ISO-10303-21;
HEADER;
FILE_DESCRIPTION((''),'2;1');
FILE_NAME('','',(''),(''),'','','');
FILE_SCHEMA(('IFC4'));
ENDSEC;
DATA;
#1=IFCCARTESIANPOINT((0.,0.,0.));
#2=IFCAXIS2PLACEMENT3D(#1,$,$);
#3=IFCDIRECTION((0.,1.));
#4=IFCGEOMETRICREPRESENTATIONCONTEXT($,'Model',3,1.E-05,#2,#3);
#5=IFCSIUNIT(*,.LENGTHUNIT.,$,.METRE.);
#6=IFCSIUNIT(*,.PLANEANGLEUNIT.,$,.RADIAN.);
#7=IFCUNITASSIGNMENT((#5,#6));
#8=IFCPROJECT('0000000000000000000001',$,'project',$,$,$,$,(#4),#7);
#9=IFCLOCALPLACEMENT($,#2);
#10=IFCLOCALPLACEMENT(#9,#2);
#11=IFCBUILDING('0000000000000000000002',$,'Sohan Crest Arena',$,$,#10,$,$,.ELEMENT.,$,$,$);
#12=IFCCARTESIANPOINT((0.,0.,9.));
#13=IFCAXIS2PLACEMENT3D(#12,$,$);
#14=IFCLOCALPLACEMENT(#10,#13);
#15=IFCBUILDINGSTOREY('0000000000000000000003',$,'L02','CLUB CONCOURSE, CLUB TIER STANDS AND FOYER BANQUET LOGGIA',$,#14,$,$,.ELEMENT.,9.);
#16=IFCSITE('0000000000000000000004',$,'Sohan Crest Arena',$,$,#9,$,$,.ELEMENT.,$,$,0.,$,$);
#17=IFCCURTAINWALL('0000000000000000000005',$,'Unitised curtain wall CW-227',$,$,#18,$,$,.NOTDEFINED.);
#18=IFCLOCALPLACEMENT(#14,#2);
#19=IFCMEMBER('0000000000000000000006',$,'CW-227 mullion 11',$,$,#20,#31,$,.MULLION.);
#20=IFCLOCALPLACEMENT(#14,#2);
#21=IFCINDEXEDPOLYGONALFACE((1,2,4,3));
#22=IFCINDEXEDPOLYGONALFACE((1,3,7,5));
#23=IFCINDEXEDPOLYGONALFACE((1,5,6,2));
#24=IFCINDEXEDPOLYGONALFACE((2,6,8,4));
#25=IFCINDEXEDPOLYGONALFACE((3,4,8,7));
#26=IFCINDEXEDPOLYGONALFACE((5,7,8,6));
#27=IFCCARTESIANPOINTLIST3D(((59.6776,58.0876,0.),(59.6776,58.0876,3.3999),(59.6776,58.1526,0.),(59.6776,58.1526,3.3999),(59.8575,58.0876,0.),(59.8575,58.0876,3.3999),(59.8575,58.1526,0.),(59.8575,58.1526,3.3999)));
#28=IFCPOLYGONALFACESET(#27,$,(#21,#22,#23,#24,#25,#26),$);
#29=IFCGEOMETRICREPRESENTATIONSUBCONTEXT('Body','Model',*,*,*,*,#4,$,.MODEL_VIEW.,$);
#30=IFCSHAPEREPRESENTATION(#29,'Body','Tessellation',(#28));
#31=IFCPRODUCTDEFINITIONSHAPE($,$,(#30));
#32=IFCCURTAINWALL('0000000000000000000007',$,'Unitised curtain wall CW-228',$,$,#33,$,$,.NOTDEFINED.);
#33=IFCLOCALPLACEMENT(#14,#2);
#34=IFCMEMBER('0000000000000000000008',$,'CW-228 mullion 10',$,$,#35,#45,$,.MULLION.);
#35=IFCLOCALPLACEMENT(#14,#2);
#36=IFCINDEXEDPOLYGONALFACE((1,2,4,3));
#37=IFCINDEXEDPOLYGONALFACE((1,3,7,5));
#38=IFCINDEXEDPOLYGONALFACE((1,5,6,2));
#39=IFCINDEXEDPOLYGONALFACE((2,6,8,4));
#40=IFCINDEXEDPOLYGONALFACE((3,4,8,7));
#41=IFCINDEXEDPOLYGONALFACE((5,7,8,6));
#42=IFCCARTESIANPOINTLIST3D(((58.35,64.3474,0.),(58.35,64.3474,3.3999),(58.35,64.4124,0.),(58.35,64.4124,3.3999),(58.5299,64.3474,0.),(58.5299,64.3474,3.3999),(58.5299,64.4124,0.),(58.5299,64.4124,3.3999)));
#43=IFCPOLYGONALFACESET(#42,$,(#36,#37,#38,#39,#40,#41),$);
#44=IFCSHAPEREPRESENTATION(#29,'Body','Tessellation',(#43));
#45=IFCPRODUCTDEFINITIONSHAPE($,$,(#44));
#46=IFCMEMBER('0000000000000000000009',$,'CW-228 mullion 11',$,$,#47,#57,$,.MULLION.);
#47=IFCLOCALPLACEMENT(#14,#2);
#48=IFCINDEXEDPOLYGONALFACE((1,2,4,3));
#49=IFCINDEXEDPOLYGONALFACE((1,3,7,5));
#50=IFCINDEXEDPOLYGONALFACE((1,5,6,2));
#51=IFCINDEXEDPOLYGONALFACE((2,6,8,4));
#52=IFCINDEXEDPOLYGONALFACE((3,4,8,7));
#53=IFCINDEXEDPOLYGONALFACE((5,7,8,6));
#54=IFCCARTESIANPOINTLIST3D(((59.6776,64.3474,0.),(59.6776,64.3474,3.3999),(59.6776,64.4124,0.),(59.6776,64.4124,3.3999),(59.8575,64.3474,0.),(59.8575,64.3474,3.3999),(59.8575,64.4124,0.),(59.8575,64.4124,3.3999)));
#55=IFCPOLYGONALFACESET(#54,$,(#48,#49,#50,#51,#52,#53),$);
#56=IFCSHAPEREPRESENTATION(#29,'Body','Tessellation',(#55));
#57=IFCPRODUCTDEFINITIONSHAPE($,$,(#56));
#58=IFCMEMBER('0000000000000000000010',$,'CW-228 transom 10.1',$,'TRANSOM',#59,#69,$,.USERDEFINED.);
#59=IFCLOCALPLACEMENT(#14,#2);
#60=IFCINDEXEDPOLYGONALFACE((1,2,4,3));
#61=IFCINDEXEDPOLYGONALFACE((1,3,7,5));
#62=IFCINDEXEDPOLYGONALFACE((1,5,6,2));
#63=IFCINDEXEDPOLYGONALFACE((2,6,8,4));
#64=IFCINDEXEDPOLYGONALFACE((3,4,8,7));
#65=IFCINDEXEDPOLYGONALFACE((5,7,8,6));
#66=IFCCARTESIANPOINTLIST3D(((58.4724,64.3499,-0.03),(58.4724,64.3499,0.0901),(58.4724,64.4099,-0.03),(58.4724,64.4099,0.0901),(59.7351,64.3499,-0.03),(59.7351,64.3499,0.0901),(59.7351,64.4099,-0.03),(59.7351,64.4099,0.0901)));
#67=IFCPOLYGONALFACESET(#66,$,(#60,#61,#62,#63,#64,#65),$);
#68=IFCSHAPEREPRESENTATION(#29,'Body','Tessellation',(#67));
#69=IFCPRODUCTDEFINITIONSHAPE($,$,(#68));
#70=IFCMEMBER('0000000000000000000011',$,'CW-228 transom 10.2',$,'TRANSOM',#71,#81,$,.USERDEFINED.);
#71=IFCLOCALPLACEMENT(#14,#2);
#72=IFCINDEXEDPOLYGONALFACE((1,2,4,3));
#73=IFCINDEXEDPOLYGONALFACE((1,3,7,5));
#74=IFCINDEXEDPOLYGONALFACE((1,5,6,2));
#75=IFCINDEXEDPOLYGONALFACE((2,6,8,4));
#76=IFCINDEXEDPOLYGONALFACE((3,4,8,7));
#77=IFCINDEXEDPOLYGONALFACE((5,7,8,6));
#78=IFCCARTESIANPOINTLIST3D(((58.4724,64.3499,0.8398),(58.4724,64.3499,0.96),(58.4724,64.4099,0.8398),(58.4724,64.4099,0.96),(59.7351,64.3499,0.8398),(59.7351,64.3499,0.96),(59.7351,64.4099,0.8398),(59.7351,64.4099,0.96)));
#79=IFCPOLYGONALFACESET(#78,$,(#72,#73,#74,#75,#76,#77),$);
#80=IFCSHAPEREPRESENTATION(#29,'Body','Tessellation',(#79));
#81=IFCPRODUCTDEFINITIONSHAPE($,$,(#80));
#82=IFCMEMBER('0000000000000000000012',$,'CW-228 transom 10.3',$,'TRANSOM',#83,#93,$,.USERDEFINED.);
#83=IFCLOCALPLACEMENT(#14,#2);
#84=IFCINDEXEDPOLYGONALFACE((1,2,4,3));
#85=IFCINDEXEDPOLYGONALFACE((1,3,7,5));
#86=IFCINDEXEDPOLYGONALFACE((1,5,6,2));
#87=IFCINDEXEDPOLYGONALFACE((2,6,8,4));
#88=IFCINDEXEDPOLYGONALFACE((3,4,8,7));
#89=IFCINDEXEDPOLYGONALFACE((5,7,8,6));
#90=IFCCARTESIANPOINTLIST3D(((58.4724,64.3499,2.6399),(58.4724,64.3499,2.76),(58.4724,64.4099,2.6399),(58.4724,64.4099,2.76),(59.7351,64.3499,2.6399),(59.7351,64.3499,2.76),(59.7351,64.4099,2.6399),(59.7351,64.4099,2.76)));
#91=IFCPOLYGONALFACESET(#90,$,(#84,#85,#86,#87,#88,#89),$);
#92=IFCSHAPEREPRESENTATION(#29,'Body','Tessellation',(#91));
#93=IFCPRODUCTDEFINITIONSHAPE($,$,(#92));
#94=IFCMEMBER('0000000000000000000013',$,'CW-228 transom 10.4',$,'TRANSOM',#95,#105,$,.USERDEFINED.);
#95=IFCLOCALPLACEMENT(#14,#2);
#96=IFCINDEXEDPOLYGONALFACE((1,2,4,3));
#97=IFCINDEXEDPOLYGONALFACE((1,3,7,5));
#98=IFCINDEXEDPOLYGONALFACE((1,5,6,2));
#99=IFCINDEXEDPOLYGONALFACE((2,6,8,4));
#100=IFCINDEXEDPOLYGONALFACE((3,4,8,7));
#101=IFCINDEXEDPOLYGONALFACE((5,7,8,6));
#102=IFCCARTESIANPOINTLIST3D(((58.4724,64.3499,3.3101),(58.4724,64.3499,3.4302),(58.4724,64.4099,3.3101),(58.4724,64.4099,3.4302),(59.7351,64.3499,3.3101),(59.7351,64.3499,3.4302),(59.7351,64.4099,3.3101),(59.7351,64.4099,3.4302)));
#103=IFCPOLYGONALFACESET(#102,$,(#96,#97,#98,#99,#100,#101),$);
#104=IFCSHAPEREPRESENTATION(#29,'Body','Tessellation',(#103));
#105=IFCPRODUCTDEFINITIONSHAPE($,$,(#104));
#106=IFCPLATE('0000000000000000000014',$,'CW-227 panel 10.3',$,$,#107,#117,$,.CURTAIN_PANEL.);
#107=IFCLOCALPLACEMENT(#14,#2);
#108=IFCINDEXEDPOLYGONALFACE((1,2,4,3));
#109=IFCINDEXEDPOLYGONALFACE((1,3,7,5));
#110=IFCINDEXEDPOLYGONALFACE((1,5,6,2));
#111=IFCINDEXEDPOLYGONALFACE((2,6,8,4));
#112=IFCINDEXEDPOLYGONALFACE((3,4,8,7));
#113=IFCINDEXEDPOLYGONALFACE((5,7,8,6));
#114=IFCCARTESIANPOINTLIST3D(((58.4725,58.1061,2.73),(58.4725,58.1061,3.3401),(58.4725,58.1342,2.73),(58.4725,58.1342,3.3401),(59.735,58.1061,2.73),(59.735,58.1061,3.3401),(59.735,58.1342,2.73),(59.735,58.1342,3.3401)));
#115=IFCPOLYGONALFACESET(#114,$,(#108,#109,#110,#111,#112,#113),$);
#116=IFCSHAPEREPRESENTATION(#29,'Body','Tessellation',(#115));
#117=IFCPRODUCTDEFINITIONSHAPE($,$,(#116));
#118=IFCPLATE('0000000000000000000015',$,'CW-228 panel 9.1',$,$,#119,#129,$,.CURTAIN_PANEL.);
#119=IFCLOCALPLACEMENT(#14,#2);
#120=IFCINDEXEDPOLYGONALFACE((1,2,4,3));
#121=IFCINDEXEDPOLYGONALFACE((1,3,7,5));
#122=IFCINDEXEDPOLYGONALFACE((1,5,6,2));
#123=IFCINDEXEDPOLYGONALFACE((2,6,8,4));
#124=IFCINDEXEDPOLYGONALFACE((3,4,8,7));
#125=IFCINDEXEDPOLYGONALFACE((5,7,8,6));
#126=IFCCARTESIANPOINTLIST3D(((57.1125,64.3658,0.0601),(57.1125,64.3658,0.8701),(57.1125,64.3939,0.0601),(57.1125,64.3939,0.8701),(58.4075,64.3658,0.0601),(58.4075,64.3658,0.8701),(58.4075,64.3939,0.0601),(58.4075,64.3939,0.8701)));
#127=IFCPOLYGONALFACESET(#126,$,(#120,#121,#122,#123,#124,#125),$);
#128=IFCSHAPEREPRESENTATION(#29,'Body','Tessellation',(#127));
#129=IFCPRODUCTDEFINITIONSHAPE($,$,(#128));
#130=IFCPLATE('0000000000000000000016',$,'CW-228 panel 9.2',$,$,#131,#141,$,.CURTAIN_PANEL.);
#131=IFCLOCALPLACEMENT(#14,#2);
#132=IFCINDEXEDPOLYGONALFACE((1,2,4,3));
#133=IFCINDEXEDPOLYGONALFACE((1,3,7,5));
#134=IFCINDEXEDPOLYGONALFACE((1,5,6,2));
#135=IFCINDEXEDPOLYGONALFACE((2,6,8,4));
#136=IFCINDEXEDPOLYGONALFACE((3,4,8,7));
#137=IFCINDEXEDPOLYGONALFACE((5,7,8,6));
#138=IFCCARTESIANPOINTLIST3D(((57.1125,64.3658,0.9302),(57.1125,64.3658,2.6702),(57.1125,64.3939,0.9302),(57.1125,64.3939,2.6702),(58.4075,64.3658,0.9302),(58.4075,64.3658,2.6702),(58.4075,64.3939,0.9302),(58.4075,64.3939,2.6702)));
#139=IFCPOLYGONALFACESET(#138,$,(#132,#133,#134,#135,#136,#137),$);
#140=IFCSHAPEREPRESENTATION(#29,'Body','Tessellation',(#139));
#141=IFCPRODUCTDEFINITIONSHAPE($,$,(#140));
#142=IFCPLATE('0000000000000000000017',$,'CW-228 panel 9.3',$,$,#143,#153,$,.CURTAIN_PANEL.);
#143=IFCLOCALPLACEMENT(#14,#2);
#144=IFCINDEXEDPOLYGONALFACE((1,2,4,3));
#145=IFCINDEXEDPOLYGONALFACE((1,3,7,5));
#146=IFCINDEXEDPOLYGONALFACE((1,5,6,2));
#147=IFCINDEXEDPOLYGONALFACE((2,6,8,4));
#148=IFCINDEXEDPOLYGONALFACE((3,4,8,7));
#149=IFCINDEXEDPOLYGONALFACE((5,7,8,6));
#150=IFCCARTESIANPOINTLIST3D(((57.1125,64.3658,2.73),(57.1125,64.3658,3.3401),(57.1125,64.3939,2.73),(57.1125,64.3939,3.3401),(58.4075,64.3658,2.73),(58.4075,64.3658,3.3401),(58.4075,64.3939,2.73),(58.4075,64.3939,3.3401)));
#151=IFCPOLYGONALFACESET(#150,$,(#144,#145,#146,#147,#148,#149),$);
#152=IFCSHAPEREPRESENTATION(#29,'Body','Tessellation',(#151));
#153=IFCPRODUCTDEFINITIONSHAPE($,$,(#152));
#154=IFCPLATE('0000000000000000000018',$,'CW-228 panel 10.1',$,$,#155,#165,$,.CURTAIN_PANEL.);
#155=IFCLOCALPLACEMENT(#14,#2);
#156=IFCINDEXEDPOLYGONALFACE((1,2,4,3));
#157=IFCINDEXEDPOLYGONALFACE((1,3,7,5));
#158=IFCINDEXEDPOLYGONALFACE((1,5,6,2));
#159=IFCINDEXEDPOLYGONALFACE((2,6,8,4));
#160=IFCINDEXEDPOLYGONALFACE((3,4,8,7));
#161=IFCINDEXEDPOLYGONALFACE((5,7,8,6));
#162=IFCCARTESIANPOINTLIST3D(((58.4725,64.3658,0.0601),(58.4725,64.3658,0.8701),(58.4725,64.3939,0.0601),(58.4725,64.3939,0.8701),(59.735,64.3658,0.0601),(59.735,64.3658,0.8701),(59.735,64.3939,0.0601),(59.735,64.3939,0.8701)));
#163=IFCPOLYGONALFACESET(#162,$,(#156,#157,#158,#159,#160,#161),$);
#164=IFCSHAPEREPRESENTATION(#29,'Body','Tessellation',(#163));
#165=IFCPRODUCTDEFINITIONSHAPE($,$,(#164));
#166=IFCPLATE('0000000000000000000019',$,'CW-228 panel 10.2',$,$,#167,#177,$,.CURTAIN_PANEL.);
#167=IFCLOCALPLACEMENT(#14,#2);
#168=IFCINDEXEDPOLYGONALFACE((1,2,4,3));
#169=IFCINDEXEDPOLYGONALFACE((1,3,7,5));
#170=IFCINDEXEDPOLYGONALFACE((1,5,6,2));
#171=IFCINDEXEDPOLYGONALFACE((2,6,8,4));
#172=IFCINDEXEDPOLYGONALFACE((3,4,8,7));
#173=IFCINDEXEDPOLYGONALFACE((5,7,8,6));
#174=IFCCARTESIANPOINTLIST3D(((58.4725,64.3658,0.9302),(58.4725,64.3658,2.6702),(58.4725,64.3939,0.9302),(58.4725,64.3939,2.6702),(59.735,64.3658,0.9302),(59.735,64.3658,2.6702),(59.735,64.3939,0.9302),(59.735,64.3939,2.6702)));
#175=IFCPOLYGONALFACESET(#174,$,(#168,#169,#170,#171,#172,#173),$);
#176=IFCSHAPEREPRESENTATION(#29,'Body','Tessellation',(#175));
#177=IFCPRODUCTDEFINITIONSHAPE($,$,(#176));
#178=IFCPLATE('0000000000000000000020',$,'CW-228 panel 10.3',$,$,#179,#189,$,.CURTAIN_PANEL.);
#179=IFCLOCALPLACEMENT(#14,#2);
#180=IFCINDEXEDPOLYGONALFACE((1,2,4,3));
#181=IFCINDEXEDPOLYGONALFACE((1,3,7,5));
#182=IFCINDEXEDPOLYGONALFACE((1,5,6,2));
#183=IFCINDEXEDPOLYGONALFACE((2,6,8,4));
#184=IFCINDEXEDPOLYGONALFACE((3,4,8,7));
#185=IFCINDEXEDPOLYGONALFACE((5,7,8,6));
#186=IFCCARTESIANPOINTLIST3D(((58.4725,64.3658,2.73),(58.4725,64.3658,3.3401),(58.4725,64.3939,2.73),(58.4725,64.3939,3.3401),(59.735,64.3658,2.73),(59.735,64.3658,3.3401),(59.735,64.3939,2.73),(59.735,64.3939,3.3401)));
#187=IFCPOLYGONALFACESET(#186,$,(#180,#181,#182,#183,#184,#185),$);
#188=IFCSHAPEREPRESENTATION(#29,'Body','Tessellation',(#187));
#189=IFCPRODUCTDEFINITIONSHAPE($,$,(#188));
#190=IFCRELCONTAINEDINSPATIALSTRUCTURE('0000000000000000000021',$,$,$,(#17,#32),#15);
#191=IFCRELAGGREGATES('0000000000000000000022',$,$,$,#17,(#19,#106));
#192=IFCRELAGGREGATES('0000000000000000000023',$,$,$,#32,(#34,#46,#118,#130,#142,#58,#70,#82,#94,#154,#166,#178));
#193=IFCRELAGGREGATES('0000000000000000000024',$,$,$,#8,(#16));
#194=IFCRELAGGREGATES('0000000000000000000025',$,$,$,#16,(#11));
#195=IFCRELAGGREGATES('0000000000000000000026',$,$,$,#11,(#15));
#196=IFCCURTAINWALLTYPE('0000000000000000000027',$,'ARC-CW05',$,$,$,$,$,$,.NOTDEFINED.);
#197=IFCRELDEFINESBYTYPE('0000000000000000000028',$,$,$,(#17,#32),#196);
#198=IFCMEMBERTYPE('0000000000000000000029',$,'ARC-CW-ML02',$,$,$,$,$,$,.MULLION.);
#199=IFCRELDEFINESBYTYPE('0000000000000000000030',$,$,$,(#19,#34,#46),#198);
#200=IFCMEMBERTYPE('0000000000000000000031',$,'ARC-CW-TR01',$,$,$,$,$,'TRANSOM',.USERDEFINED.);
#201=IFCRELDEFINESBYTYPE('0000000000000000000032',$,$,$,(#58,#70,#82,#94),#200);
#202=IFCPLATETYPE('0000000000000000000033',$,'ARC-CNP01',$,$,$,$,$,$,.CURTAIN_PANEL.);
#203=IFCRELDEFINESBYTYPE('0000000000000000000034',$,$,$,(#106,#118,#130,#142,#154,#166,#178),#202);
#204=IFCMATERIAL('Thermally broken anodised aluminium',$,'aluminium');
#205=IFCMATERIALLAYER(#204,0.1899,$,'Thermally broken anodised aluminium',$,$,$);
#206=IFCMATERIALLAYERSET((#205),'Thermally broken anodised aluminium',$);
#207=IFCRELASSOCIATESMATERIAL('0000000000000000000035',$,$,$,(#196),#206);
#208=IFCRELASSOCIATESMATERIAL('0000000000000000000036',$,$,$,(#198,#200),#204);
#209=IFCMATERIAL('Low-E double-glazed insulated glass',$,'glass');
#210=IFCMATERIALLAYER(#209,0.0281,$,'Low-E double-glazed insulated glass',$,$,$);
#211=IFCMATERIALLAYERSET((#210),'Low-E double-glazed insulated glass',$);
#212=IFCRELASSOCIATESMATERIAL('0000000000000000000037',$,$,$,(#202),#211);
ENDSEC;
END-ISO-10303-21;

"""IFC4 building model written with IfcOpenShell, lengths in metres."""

from ifc_helpers import new_model, si_unit, direction, frame, origin, origin_2d, place, context, subcontext, project, spatial, rectangle, extrude, material, layer, layer_set, material_profile, profile_set, type_object, element, aggregate, save


model = new_model("IFC4")

# Units and contexts
model_context = context("Model", 3, precision=1e-05, world=origin(), true_north=direction((0.0, 1.0)))
body_context = subcontext(model_context, "Body", "Model", "MODEL_VIEW")
ifc_project = project(units=[si_unit("LENGTHUNIT", "METRE"), si_unit("PLANEANGLEUNIT", "RADIAN")], contexts=[model_context])

# Site, building, storey
site_placement = place(None, origin())
site = spatial("IfcSite", under=ifc_project, at=site_placement, Name="Sohan Crest Arena", CompositionType="ELEMENT", RefElevation=0.0)
building_placement = place(site_placement, origin())
building = spatial("IfcBuilding", under=site, at=building_placement, Name="Sohan Crest Arena", CompositionType="ELEMENT")
storey_placement = place(building_placement, frame((0.0, 0.0, 9.0)))
storey = spatial("IfcBuildingStorey", under=building, at=storey_placement, Name="L02", Description="CLUB CONCOURSE, CLUB TIER STANDS AND FOYER BANQUET LOGGIA", CompositionType="ELEMENT", Elevation=9.0)

# Curtain wall, member
ifc_material_1 = material(Name="Thermally broken anodised aluminium", Category="aluminium")
ifc_layer_1 = layer(ifc_material_1, 0.1899, Name="Thermally broken anodised aluminium")
ifc_layer_set_1 = layer_set([ifc_layer_1], Name="Thermally broken anodised aluminium")
curtain_wall_type = type_object("IfcCurtainWallType", Name="ARC-CW05", PredefinedType="NOTDEFINED", material=ifc_layer_set_1)
curtain_wall_1_placement = place(storey_placement, origin())
curtain_wall_1 = element("IfcCurtainWall", 1, at=curtain_wall_1_placement, inside=storey, type_object=curtain_wall_type, Name="Unitised curtain wall CW-227", PredefinedType="NOTDEFINED")
ifc_material_profile_1 = material_profile(ifc_material_1, rectangle(XDim=0.0649, YDim=0.1799, at=origin_2d()), Name="ALU-MULL 65x180")
ifc_profile_set_1 = profile_set([ifc_material_profile_1], Name="Thermally broken anodised aluminium")
member_type_1 = type_object("IfcMemberType", Name="ARC-CW-ML02", PredefinedType="MULLION", material=ifc_profile_set_1)
member_1_placement = place(storey_placement, frame((59.7676, 58.1201, 0.0), z_axis=(0.0, 0.0, 1.0), x_axis=(0.0, 1.0, 0.0)))
member_1 = element("IfcMember", 2, at=member_1_placement, type_object=member_type_1, Name="CW-227 mullion 11", PredefinedType="MULLION", context=body_context, shape_type="SweptSolid", body=[
    extrude(rectangle(XDim=0.0649, YDim=0.1799, at=origin_2d()), origin(), (0.0, 0.0, 1.0), 3.3999),
])

# Curtain wall, members
curtain_wall_2_placement = place(storey_placement, origin())
curtain_wall_2 = element("IfcCurtainWall", 3, at=curtain_wall_2_placement, inside=storey, type_object=curtain_wall_type, Name="Unitised curtain wall CW-228", PredefinedType="NOTDEFINED")
member_2_placement = place(storey_placement, frame((58.4399, 64.3799, 0.0), z_axis=(0.0, 0.0, 1.0), x_axis=(0.0, 1.0, 0.0)))
member_2 = element("IfcMember", 4, at=member_2_placement, type_object=member_type_1, Name="CW-228 mullion 10", PredefinedType="MULLION", context=body_context, shape_type="SweptSolid", body=[
    extrude(rectangle(XDim=0.0649, YDim=0.1799, at=origin_2d()), origin(), (0.0, 0.0, 1.0), 3.3999),
])
member_3_placement = place(storey_placement, frame((59.7676, 64.3799, 0.0), z_axis=(0.0, 0.0, 1.0), x_axis=(0.0, 1.0, 0.0)))
member_3 = element("IfcMember", 5, at=member_3_placement, type_object=member_type_1, Name="CW-228 mullion 11", PredefinedType="MULLION", context=body_context, shape_type="SweptSolid", body=[
    extrude(rectangle(XDim=0.0649, YDim=0.1799, at=origin_2d()), origin(), (0.0, 0.0, 1.0), 3.3999),
])
ifc_material_profile_2 = material_profile(ifc_material_1, rectangle(XDim=0.0601, YDim=0.1201, at=origin_2d()), Name="ALU-TRAN 60x120")
ifc_profile_set_2 = profile_set([ifc_material_profile_2], Name="Thermally broken anodised aluminium")
member_type_2 = type_object("IfcMemberType", Name="ARC-CW-TR01", ElementType="TRANSOM", PredefinedType="USERDEFINED", material=ifc_profile_set_2)
member_4_placement = place(storey_placement, frame((58.4724, 64.3799, 0.03), z_axis=(1.0, 0.0, 0.0), x_axis=(0.0, 1.0, 0.0)))
member_4 = element("IfcMember", 6, at=member_4_placement, type_object=member_type_2, Name="CW-228 transom 10.1", ObjectType="TRANSOM", PredefinedType="USERDEFINED", context=body_context, shape_type="SweptSolid", body=[
    extrude(rectangle(XDim=0.0601, YDim=0.1201, at=origin_2d()), origin(), (0.0, 0.0, 1.0), 1.2627),
])
member_5_placement = place(storey_placement, frame((58.4724, 64.3799, 0.8999), z_axis=(1.0, 0.0, 0.0), x_axis=(0.0, 1.0, 0.0)))
member_5 = element("IfcMember", 7, at=member_5_placement, type_object=member_type_2, Name="CW-228 transom 10.2", ObjectType="TRANSOM", PredefinedType="USERDEFINED", context=body_context, shape_type="SweptSolid", body=[
    extrude(rectangle(XDim=0.0601, YDim=0.1201, at=origin_2d()), origin(), (0.0, 0.0, 1.0), 1.2627),
])
member_6_placement = place(storey_placement, frame((58.4724, 64.3799, 2.7), z_axis=(1.0, 0.0, 0.0), x_axis=(0.0, 1.0, 0.0)))
member_6 = element("IfcMember", 8, at=member_6_placement, type_object=member_type_2, Name="CW-228 transom 10.3", ObjectType="TRANSOM", PredefinedType="USERDEFINED", context=body_context, shape_type="SweptSolid", body=[
    extrude(rectangle(XDim=0.0601, YDim=0.1201, at=origin_2d()), origin(), (0.0, 0.0, 1.0), 1.2627),
])
member_7_placement = place(storey_placement, frame((58.4724, 64.3799, 3.3701), z_axis=(1.0, 0.0, 0.0), x_axis=(0.0, 1.0, 0.0)))
member_7 = element("IfcMember", 9, at=member_7_placement, type_object=member_type_2, Name="CW-228 transom 10.4", ObjectType="TRANSOM", PredefinedType="USERDEFINED", context=body_context, shape_type="SweptSolid", body=[
    extrude(rectangle(XDim=0.0601, YDim=0.1201, at=origin_2d()), origin(), (0.0, 0.0, 1.0), 1.2627),
])

# Plates
ifc_material_2 = material(Name="Low-E double-glazed insulated glass", Category="glass")
ifc_layer_2 = layer(ifc_material_2, 0.0281, Name="Low-E double-glazed insulated glass")
ifc_layer_set_2 = layer_set([ifc_layer_2], Name="Low-E double-glazed insulated glass")
plate_type = type_object("IfcPlateType", Name="ARC-CNP01", PredefinedType="CURTAIN_PANEL", material=ifc_layer_set_2)
plate_1_placement = place(storey_placement, frame((59.1038, 58.1201, 2.73), z_axis=(0.0, 0.0, 1.0), x_axis=(1.0, 0.0, 0.0)))
plate_1 = element("IfcPlate", 10, at=plate_1_placement, type_object=plate_type, Name="CW-227 panel 10.3", PredefinedType="CURTAIN_PANEL", context=body_context, shape_type="SweptSolid", body=[
    extrude(rectangle(XDim=1.2625, YDim=0.0281, at=origin_2d()), origin(), (0.0, 0.0, 1.0), 0.6101),
])
aggregate(curtain_wall_1, [member_1, plate_1])
plate_2_placement = place(storey_placement, frame((57.76, 64.3799, 0.0601), z_axis=(0.0, 0.0, 1.0), x_axis=(1.0, 0.0, 0.0)))
plate_2 = element("IfcPlate", 11, at=plate_2_placement, type_object=plate_type, Name="CW-228 panel 9.1", PredefinedType="CURTAIN_PANEL", context=body_context, shape_type="SweptSolid", body=[
    extrude(rectangle(XDim=1.2949, YDim=0.0281, at=origin_2d()), origin(), (0.0, 0.0, 1.0), 0.8101),
])
plate_3_placement = place(storey_placement, frame((57.76, 64.3799, 0.9302), z_axis=(0.0, 0.0, 1.0), x_axis=(1.0, 0.0, 0.0)))
plate_3 = element("IfcPlate", 12, at=plate_3_placement, type_object=plate_type, Name="CW-228 panel 9.2", PredefinedType="CURTAIN_PANEL", context=body_context, shape_type="SweptSolid", body=[
    extrude(rectangle(XDim=1.2949, YDim=0.0281, at=origin_2d()), origin(), (0.0, 0.0, 1.0), 1.74),
])
plate_4_placement = place(storey_placement, frame((57.76, 64.3799, 2.73), z_axis=(0.0, 0.0, 1.0), x_axis=(1.0, 0.0, 0.0)))
plate_4 = element("IfcPlate", 13, at=plate_4_placement, type_object=plate_type, Name="CW-228 panel 9.3", PredefinedType="CURTAIN_PANEL", context=body_context, shape_type="SweptSolid", body=[
    extrude(rectangle(XDim=1.2949, YDim=0.0281, at=origin_2d()), origin(), (0.0, 0.0, 1.0), 0.6101),
])
plate_5_placement = place(storey_placement, frame((59.1038, 64.3799, 0.0601), z_axis=(0.0, 0.0, 1.0), x_axis=(1.0, 0.0, 0.0)))
plate_5 = element("IfcPlate", 14, at=plate_5_placement, type_object=plate_type, Name="CW-228 panel 10.1", PredefinedType="CURTAIN_PANEL", context=body_context, shape_type="SweptSolid", body=[
    extrude(rectangle(XDim=1.2625, YDim=0.0281, at=origin_2d()), origin(), (0.0, 0.0, 1.0), 0.8101),
])
plate_6_placement = place(storey_placement, frame((59.1038, 64.3799, 0.9302), z_axis=(0.0, 0.0, 1.0), x_axis=(1.0, 0.0, 0.0)))
plate_6 = element("IfcPlate", 15, at=plate_6_placement, type_object=plate_type, Name="CW-228 panel 10.2", PredefinedType="CURTAIN_PANEL", context=body_context, shape_type="SweptSolid", body=[
    extrude(rectangle(XDim=1.2625, YDim=0.0281, at=origin_2d()), origin(), (0.0, 0.0, 1.0), 1.74),
])
plate_7_placement = place(storey_placement, frame((59.1038, 64.3799, 2.73), z_axis=(0.0, 0.0, 1.0), x_axis=(1.0, 0.0, 0.0)))
plate_7 = element("IfcPlate", 16, at=plate_7_placement, type_object=plate_type, Name="CW-228 panel 10.3", PredefinedType="CURTAIN_PANEL", context=body_context, shape_type="SweptSolid", body=[
    extrude(rectangle(XDim=1.2625, YDim=0.0281, at=origin_2d()), origin(), (0.0, 0.0, 1.0), 0.6101),
])
aggregate(curtain_wall_2, [member_2, member_3, plate_2, plate_3, plate_4, member_4, member_5, member_6, member_7, plate_5, plate_6, plate_7])

save(model, "model.ifc")
